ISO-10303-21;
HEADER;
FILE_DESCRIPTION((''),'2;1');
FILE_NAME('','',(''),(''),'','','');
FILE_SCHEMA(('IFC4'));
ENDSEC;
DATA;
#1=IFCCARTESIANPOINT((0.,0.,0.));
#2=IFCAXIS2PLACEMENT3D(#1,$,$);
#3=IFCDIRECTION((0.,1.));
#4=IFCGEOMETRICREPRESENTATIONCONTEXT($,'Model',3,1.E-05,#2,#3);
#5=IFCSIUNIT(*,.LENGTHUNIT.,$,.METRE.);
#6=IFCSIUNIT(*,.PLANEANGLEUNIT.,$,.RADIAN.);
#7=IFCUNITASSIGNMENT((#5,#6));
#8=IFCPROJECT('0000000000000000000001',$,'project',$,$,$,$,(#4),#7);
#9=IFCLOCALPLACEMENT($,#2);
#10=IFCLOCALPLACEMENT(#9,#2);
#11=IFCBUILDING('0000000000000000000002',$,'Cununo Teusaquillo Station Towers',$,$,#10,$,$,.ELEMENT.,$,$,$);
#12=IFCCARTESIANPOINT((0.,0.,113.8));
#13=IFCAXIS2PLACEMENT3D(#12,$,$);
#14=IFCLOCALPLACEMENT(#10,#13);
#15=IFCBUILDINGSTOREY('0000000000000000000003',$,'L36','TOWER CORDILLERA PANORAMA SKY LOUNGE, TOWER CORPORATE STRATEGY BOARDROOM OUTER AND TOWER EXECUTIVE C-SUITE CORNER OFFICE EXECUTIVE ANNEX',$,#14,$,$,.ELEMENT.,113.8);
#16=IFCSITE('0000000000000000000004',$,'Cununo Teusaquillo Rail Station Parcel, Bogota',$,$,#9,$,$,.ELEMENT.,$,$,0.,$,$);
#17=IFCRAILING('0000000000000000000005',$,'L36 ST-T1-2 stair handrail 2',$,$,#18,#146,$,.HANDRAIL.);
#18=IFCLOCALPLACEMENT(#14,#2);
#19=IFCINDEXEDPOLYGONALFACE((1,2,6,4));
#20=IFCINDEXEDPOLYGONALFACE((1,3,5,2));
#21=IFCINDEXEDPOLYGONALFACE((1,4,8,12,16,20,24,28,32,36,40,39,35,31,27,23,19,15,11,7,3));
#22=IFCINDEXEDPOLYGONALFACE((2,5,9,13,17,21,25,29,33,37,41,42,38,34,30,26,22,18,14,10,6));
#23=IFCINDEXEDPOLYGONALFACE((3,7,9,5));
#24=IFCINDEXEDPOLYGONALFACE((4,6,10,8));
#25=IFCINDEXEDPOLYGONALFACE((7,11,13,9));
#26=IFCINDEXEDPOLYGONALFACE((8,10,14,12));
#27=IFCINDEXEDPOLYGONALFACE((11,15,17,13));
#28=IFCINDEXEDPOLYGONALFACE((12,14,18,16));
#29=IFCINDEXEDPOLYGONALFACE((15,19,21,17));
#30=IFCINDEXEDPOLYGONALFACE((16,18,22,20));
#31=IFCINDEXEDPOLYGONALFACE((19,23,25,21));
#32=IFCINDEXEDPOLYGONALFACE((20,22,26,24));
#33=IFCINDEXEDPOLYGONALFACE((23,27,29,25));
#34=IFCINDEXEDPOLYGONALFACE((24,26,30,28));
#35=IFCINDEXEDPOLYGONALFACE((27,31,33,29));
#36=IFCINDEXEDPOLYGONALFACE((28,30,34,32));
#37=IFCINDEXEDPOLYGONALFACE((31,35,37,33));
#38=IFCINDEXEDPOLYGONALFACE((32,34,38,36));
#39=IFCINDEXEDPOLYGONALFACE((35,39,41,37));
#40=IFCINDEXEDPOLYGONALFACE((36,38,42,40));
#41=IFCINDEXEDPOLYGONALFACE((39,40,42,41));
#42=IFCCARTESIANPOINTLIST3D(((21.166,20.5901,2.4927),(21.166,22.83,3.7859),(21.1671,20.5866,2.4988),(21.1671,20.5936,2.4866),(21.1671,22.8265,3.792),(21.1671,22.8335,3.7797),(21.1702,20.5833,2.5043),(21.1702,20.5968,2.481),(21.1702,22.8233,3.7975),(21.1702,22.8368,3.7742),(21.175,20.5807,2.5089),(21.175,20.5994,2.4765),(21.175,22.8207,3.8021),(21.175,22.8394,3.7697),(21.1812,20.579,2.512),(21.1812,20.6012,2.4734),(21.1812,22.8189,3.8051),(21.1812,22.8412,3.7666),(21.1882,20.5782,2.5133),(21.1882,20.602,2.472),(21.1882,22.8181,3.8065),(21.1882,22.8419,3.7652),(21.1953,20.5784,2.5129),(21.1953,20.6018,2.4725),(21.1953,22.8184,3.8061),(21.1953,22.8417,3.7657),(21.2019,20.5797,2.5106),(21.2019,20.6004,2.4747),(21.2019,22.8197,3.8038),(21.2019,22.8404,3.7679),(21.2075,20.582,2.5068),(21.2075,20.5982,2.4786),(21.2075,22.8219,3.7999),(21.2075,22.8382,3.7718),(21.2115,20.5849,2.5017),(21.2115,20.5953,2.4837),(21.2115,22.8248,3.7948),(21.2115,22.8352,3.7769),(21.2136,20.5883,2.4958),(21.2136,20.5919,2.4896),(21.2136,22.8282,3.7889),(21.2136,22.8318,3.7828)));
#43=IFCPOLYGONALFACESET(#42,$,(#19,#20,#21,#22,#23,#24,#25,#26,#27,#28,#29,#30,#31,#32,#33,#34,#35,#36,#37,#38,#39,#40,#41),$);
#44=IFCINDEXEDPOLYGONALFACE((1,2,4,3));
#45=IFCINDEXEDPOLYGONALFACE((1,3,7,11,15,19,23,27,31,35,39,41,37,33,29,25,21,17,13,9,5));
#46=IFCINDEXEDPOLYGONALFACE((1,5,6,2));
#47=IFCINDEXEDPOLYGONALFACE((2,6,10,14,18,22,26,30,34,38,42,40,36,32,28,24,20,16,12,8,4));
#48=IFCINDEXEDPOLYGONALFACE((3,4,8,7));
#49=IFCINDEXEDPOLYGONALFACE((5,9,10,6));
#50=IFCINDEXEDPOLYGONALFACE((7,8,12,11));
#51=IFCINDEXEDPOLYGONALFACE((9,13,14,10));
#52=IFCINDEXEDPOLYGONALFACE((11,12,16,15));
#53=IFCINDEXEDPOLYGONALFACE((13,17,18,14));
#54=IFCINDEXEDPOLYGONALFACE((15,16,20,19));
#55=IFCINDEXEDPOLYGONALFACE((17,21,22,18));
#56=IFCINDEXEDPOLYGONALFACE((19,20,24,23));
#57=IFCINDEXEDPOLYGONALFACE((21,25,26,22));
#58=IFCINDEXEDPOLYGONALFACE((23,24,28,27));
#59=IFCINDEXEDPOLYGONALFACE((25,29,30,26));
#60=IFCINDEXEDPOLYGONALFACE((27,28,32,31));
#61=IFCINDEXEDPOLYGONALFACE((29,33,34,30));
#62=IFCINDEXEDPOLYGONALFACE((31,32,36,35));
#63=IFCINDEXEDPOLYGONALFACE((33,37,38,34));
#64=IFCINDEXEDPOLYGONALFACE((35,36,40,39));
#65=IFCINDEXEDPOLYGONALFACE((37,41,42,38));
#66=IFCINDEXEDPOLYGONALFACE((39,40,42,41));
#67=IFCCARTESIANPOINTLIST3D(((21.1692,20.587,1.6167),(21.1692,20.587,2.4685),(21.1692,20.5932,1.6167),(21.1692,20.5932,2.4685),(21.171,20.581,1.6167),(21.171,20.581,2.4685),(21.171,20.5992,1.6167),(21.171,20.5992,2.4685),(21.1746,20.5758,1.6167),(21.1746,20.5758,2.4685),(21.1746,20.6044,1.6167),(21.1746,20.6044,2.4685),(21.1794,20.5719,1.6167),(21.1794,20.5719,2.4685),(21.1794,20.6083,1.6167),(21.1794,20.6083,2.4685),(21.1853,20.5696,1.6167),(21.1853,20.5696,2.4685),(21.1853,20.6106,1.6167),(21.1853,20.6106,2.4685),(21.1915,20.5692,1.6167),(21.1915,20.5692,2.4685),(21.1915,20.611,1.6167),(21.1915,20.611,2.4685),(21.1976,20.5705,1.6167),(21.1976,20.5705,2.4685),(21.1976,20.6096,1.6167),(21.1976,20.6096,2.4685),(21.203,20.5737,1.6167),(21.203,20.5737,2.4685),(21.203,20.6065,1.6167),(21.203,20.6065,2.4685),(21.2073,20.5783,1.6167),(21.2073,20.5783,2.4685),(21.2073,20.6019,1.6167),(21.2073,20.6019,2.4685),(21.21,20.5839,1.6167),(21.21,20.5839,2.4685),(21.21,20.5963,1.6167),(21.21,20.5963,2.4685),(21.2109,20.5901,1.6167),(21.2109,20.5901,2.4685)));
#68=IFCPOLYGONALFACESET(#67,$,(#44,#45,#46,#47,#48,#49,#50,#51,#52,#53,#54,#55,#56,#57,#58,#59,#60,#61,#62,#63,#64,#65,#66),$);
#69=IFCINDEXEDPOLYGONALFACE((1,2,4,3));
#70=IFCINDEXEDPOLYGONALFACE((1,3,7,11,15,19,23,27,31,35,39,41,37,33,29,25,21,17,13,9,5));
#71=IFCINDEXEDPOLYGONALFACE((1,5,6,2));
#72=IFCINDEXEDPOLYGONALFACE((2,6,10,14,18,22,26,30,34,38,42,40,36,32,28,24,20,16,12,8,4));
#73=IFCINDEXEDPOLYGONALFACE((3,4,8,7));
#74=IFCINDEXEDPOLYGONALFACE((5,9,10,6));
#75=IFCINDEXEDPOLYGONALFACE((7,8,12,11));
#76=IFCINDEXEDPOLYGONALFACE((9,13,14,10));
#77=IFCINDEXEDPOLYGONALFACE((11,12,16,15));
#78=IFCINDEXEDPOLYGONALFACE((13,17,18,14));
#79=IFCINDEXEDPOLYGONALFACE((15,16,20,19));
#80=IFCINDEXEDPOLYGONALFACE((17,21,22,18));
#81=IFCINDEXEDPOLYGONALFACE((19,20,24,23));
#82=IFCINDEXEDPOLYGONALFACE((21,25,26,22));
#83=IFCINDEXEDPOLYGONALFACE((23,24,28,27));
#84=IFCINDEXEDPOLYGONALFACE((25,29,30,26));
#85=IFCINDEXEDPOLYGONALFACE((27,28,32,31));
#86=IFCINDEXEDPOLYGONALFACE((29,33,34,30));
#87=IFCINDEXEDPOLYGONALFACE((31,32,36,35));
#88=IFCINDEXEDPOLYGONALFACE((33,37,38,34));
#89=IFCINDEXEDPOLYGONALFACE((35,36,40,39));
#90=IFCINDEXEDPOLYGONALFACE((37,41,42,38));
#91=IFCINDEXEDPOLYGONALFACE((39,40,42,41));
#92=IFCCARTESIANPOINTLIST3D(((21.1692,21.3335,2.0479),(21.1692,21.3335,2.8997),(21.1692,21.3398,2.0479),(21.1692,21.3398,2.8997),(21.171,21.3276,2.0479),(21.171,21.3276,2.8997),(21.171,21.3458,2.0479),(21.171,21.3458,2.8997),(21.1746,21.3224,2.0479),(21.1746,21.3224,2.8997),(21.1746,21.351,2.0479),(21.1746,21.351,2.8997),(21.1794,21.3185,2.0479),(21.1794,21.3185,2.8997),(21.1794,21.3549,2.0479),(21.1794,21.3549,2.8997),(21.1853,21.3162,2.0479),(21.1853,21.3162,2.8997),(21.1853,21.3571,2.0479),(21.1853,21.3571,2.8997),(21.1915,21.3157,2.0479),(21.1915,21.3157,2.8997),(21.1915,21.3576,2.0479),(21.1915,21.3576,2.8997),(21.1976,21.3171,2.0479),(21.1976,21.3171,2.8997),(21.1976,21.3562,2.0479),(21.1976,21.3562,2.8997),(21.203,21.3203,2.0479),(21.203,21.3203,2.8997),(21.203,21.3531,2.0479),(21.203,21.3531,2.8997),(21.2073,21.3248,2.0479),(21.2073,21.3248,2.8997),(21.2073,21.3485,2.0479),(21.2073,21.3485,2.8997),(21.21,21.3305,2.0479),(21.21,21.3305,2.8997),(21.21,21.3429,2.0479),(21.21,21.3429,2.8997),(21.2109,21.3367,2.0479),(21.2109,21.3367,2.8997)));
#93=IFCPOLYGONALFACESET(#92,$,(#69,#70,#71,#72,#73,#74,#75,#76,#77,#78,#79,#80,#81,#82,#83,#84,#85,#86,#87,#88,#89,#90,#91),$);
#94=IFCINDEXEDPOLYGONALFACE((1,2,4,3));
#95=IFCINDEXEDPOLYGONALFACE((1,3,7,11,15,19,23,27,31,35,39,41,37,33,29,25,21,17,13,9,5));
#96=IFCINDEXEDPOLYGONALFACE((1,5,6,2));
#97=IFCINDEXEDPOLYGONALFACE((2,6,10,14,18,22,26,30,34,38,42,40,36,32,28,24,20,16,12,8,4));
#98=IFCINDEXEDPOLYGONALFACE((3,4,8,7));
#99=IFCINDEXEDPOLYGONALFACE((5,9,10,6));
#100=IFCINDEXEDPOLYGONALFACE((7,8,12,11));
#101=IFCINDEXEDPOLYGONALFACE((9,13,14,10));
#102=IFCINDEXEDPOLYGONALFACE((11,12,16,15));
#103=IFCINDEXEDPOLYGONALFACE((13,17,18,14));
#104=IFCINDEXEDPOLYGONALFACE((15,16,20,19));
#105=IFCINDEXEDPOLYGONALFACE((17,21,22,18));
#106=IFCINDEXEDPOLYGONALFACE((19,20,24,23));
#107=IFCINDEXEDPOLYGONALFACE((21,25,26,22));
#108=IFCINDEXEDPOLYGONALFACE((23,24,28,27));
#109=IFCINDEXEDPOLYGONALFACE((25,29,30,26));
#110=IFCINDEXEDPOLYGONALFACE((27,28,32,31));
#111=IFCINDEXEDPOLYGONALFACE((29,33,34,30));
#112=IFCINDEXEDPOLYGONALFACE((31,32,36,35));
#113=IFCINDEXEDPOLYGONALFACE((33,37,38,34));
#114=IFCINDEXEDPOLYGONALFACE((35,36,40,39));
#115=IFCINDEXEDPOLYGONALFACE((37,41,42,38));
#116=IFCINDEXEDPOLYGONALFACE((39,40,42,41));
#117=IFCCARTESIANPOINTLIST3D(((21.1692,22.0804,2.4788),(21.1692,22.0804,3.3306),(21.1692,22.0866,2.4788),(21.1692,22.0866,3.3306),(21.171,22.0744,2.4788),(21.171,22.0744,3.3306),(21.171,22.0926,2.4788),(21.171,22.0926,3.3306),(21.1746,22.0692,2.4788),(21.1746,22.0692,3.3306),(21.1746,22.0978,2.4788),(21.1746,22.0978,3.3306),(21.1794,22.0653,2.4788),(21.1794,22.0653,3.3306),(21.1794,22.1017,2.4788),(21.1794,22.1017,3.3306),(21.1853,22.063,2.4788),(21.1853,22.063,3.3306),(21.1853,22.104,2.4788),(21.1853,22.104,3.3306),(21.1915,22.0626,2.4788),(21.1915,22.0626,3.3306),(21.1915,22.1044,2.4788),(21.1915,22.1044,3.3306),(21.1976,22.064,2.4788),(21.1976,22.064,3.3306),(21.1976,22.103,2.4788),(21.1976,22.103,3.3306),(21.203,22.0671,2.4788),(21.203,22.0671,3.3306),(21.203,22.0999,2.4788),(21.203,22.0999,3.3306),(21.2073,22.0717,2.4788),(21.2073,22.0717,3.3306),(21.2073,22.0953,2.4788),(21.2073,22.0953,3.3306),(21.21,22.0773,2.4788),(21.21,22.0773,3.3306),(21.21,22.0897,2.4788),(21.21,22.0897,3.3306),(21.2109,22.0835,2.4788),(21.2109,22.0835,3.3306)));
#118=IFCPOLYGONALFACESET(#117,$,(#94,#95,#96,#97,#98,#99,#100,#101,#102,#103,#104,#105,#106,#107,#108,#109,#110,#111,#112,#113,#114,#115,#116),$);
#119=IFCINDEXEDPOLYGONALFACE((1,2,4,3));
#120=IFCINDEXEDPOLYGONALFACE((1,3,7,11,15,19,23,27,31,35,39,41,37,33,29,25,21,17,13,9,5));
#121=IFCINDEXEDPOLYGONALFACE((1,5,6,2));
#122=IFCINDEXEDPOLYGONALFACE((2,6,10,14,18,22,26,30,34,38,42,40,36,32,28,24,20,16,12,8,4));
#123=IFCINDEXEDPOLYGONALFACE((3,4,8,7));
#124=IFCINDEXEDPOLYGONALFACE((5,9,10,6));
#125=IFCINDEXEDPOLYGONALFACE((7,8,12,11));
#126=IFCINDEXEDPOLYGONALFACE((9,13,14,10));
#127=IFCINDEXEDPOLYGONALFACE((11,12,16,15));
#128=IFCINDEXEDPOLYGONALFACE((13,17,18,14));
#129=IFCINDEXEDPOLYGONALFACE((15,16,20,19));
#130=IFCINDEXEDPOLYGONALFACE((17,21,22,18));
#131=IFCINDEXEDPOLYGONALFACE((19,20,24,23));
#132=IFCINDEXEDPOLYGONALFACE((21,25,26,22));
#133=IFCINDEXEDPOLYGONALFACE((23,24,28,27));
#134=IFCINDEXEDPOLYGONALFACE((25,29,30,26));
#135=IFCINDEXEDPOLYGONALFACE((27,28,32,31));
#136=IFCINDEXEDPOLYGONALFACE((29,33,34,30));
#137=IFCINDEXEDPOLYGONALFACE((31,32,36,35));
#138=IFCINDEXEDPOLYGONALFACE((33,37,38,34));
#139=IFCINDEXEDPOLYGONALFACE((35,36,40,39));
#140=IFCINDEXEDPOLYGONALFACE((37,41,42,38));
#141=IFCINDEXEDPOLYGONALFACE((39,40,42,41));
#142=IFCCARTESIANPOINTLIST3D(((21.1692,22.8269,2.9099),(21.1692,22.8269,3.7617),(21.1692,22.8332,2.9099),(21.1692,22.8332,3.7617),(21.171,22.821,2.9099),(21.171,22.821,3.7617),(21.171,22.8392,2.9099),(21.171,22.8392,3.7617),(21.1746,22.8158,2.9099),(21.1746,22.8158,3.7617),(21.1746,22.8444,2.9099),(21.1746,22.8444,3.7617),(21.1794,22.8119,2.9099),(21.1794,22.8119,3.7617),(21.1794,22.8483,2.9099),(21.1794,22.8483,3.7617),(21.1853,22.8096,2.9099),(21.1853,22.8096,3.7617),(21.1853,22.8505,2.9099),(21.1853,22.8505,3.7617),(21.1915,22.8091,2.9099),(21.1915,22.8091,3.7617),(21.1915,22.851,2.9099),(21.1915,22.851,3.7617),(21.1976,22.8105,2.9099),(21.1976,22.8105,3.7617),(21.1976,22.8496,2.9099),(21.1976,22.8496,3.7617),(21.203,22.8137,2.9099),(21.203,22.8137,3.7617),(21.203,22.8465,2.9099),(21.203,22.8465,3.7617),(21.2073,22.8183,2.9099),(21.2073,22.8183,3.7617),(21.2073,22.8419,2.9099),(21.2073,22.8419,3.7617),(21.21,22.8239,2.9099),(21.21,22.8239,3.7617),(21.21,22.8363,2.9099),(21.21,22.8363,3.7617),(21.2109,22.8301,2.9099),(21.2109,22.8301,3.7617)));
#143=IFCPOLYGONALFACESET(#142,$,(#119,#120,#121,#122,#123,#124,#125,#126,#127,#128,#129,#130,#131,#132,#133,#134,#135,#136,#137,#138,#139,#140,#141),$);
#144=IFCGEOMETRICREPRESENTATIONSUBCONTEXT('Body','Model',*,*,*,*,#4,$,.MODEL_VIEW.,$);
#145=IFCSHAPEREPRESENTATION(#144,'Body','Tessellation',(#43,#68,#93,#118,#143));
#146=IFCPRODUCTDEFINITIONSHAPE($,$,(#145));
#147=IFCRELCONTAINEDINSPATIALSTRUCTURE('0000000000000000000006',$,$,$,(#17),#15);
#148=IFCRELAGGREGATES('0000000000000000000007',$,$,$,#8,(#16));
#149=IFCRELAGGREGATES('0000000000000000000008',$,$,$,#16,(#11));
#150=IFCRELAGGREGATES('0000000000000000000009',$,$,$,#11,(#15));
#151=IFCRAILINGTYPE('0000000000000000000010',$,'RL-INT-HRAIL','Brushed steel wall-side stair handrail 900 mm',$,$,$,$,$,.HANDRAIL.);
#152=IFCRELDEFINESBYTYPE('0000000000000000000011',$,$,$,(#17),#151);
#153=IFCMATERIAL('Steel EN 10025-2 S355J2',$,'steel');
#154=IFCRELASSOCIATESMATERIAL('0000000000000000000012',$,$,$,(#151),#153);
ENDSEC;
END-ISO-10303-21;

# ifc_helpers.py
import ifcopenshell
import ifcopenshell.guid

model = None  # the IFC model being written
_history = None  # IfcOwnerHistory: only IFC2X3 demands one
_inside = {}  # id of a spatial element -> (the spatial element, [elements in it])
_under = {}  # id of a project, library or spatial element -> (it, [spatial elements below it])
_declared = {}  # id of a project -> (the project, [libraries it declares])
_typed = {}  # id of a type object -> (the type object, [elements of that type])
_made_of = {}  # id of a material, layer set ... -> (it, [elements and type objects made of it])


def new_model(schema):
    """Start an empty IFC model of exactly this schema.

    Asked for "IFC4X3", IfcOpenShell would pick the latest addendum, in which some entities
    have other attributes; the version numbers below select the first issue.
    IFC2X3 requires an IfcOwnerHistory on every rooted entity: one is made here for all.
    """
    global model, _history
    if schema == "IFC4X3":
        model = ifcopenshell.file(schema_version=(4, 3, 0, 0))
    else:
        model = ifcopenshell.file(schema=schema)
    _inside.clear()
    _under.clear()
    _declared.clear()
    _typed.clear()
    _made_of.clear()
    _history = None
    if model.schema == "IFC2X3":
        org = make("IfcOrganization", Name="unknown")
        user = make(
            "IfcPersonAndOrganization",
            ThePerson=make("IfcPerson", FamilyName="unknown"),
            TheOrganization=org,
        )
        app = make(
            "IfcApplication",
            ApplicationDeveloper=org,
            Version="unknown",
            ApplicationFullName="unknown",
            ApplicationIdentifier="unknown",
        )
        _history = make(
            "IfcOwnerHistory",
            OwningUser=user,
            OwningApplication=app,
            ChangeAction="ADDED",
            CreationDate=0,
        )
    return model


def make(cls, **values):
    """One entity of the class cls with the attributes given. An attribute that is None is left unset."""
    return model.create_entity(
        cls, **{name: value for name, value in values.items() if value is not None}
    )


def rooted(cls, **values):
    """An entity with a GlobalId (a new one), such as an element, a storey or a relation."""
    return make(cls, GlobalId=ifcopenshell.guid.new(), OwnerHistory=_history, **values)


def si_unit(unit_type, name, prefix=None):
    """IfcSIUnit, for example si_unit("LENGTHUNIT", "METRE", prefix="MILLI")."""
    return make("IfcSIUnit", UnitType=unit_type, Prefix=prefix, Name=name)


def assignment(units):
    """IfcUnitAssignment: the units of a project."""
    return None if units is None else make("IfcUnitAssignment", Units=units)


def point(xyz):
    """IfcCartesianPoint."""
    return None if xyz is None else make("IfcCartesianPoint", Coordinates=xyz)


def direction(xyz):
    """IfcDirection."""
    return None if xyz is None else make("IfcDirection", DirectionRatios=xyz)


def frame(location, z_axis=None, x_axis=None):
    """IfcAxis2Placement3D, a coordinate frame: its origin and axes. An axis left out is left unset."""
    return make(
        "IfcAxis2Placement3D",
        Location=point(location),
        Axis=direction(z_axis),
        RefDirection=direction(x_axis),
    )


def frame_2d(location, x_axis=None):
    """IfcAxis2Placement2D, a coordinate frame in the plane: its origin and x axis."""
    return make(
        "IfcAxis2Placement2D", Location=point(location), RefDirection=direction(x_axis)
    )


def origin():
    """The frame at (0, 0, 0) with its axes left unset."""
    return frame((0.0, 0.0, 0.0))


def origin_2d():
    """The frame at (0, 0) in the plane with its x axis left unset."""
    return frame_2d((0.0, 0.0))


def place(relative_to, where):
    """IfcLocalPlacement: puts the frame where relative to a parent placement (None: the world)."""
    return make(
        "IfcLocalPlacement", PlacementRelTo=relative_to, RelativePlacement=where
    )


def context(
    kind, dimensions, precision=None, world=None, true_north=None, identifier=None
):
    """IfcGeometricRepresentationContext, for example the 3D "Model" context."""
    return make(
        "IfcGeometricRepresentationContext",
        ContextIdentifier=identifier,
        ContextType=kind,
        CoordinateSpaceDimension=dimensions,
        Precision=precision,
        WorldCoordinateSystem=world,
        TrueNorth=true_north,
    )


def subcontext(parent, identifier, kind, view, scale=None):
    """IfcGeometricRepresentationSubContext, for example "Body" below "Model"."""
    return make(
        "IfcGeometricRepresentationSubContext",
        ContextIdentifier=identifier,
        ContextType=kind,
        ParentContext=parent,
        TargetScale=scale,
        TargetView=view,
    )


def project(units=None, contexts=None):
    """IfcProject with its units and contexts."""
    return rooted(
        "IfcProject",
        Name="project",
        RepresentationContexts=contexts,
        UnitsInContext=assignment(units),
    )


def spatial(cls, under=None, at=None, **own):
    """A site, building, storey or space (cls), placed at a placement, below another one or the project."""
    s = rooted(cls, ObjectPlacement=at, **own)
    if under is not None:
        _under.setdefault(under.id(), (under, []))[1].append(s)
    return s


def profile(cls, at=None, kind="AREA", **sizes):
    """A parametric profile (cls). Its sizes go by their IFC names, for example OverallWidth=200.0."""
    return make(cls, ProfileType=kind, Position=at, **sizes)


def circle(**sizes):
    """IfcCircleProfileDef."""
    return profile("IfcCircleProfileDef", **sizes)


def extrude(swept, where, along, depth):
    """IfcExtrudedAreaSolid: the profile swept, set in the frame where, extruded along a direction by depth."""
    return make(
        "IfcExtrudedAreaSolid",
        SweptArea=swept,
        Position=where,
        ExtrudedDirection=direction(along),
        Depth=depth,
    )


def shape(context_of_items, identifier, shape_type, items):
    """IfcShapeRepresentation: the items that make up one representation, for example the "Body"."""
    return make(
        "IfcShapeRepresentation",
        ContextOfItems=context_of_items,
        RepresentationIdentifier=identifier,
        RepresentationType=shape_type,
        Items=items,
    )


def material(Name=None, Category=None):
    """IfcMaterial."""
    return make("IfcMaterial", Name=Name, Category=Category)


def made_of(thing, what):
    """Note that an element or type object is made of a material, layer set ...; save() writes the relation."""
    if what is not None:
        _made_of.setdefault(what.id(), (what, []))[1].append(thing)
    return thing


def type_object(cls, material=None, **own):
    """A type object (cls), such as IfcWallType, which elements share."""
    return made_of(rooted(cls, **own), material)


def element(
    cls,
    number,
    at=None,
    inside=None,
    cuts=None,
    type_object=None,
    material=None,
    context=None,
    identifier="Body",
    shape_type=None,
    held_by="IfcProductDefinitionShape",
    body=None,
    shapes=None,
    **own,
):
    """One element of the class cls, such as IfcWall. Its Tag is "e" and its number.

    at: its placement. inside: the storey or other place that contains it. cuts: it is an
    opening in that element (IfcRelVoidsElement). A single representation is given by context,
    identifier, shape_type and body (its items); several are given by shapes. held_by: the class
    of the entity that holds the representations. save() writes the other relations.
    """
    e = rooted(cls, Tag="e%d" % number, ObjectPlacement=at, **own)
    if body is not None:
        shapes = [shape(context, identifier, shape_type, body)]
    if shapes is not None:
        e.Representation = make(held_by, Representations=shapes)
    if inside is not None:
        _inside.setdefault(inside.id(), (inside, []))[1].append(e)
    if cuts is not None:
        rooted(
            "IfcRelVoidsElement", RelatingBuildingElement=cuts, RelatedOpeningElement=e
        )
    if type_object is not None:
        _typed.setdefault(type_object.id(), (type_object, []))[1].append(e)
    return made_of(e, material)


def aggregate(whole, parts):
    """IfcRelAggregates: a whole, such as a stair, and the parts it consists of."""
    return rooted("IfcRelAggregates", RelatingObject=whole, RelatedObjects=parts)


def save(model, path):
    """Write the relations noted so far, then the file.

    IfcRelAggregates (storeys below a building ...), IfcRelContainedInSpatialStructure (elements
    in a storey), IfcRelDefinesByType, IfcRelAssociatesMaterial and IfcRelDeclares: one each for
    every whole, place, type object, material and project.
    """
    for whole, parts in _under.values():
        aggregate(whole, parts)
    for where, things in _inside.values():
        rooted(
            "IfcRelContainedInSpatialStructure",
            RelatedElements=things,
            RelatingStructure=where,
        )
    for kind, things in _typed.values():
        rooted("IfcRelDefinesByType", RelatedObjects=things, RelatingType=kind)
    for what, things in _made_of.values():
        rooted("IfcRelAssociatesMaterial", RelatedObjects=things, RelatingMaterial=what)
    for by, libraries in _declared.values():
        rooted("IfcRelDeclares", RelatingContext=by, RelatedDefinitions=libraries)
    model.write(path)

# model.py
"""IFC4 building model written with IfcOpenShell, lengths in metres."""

from ifc_helpers import new_model, si_unit, direction, frame, origin, origin_2d, place, context, subcontext, project, spatial, circle, extrude, material, type_object, element, save


model = new_model("IFC4")

# Units and contexts
model_context = context("Model", 3, precision=1e-05, world=origin(), true_north=direction((0.0, 1.0)))
body_context = subcontext(model_context, "Body", "Model", "MODEL_VIEW")
ifc_project = project(units=[si_unit("LENGTHUNIT", "METRE"), si_unit("PLANEANGLEUNIT", "RADIAN")], contexts=[model_context])

# Site, building, storey
site_placement = place(None, origin())
site = spatial("IfcSite", under=ifc_project, at=site_placement, Name="Cununo Teusaquillo Rail Station Parcel, Bogota", CompositionType="ELEMENT", RefElevation=0.0)
building_placement = place(site_placement, origin())
building = spatial("IfcBuilding", under=site, at=building_placement, Name="Cununo Teusaquillo Station Towers", CompositionType="ELEMENT")
storey_placement = place(building_placement, frame((0.0, 0.0, 113.8)))
storey = spatial("IfcBuildingStorey", under=building, at=storey_placement, Name="L36", Description="TOWER CORDILLERA PANORAMA SKY LOUNGE, TOWER CORPORATE STRATEGY BOARDROOM OUTER AND TOWER EXECUTIVE C-SUITE CORNER OFFICE EXECUTIVE ANNEX", CompositionType="ELEMENT", Elevation=113.8)

# Railing
ifc_material_1 = material(Name="Steel EN 10025-2 S355J2", Category="steel")
railing_type_1 = type_object("IfcRailingType", Name="RL-INT-HRAIL", Description="Brushed steel wall-side stair handrail 900 mm", PredefinedType="HANDRAIL", material=ifc_material_1)
railing_1_placement = place(storey_placement, frame((21.1899, 20.5901, 1.6167)))
element("IfcRailing", 1, at=railing_1_placement, inside=storey, type_object=railing_type_1, Name="L36 ST-T1-2 stair handrail 2", PredefinedType="HANDRAIL", context=body_context, shape_type="SweptSolid", body=[
    extrude(circle(Radius=0.0239, at=origin_2d()), frame((0.0, 0.0, 0.876), z_axis=(0.0, 0.866033, 0.499987), x_axis=(-1.0, 0.0, 0.0)), (0.0, 0.0, 1.0), 2.5864),
    extrude(circle(Radius=0.021, at=origin_2d()), origin(), (0.0, 0.0, 1.0), 0.8518),
    extrude(circle(Radius=0.021, at=origin_2d()), frame((0.0, 0.7466, 0.4312)), (0.0, 0.0, 1.0), 0.8518),
    extrude(circle(Radius=0.021, at=origin_2d()), frame((0.0, 1.4934, 0.8621)), (0.0, 0.0, 1.0), 0.8518),
    extrude(circle(Radius=0.021, at=origin_2d()), frame((0.0, 2.24, 1.2932)), (0.0, 0.0, 1.0), 0.8518),
])

save(model, "model.ifc")
